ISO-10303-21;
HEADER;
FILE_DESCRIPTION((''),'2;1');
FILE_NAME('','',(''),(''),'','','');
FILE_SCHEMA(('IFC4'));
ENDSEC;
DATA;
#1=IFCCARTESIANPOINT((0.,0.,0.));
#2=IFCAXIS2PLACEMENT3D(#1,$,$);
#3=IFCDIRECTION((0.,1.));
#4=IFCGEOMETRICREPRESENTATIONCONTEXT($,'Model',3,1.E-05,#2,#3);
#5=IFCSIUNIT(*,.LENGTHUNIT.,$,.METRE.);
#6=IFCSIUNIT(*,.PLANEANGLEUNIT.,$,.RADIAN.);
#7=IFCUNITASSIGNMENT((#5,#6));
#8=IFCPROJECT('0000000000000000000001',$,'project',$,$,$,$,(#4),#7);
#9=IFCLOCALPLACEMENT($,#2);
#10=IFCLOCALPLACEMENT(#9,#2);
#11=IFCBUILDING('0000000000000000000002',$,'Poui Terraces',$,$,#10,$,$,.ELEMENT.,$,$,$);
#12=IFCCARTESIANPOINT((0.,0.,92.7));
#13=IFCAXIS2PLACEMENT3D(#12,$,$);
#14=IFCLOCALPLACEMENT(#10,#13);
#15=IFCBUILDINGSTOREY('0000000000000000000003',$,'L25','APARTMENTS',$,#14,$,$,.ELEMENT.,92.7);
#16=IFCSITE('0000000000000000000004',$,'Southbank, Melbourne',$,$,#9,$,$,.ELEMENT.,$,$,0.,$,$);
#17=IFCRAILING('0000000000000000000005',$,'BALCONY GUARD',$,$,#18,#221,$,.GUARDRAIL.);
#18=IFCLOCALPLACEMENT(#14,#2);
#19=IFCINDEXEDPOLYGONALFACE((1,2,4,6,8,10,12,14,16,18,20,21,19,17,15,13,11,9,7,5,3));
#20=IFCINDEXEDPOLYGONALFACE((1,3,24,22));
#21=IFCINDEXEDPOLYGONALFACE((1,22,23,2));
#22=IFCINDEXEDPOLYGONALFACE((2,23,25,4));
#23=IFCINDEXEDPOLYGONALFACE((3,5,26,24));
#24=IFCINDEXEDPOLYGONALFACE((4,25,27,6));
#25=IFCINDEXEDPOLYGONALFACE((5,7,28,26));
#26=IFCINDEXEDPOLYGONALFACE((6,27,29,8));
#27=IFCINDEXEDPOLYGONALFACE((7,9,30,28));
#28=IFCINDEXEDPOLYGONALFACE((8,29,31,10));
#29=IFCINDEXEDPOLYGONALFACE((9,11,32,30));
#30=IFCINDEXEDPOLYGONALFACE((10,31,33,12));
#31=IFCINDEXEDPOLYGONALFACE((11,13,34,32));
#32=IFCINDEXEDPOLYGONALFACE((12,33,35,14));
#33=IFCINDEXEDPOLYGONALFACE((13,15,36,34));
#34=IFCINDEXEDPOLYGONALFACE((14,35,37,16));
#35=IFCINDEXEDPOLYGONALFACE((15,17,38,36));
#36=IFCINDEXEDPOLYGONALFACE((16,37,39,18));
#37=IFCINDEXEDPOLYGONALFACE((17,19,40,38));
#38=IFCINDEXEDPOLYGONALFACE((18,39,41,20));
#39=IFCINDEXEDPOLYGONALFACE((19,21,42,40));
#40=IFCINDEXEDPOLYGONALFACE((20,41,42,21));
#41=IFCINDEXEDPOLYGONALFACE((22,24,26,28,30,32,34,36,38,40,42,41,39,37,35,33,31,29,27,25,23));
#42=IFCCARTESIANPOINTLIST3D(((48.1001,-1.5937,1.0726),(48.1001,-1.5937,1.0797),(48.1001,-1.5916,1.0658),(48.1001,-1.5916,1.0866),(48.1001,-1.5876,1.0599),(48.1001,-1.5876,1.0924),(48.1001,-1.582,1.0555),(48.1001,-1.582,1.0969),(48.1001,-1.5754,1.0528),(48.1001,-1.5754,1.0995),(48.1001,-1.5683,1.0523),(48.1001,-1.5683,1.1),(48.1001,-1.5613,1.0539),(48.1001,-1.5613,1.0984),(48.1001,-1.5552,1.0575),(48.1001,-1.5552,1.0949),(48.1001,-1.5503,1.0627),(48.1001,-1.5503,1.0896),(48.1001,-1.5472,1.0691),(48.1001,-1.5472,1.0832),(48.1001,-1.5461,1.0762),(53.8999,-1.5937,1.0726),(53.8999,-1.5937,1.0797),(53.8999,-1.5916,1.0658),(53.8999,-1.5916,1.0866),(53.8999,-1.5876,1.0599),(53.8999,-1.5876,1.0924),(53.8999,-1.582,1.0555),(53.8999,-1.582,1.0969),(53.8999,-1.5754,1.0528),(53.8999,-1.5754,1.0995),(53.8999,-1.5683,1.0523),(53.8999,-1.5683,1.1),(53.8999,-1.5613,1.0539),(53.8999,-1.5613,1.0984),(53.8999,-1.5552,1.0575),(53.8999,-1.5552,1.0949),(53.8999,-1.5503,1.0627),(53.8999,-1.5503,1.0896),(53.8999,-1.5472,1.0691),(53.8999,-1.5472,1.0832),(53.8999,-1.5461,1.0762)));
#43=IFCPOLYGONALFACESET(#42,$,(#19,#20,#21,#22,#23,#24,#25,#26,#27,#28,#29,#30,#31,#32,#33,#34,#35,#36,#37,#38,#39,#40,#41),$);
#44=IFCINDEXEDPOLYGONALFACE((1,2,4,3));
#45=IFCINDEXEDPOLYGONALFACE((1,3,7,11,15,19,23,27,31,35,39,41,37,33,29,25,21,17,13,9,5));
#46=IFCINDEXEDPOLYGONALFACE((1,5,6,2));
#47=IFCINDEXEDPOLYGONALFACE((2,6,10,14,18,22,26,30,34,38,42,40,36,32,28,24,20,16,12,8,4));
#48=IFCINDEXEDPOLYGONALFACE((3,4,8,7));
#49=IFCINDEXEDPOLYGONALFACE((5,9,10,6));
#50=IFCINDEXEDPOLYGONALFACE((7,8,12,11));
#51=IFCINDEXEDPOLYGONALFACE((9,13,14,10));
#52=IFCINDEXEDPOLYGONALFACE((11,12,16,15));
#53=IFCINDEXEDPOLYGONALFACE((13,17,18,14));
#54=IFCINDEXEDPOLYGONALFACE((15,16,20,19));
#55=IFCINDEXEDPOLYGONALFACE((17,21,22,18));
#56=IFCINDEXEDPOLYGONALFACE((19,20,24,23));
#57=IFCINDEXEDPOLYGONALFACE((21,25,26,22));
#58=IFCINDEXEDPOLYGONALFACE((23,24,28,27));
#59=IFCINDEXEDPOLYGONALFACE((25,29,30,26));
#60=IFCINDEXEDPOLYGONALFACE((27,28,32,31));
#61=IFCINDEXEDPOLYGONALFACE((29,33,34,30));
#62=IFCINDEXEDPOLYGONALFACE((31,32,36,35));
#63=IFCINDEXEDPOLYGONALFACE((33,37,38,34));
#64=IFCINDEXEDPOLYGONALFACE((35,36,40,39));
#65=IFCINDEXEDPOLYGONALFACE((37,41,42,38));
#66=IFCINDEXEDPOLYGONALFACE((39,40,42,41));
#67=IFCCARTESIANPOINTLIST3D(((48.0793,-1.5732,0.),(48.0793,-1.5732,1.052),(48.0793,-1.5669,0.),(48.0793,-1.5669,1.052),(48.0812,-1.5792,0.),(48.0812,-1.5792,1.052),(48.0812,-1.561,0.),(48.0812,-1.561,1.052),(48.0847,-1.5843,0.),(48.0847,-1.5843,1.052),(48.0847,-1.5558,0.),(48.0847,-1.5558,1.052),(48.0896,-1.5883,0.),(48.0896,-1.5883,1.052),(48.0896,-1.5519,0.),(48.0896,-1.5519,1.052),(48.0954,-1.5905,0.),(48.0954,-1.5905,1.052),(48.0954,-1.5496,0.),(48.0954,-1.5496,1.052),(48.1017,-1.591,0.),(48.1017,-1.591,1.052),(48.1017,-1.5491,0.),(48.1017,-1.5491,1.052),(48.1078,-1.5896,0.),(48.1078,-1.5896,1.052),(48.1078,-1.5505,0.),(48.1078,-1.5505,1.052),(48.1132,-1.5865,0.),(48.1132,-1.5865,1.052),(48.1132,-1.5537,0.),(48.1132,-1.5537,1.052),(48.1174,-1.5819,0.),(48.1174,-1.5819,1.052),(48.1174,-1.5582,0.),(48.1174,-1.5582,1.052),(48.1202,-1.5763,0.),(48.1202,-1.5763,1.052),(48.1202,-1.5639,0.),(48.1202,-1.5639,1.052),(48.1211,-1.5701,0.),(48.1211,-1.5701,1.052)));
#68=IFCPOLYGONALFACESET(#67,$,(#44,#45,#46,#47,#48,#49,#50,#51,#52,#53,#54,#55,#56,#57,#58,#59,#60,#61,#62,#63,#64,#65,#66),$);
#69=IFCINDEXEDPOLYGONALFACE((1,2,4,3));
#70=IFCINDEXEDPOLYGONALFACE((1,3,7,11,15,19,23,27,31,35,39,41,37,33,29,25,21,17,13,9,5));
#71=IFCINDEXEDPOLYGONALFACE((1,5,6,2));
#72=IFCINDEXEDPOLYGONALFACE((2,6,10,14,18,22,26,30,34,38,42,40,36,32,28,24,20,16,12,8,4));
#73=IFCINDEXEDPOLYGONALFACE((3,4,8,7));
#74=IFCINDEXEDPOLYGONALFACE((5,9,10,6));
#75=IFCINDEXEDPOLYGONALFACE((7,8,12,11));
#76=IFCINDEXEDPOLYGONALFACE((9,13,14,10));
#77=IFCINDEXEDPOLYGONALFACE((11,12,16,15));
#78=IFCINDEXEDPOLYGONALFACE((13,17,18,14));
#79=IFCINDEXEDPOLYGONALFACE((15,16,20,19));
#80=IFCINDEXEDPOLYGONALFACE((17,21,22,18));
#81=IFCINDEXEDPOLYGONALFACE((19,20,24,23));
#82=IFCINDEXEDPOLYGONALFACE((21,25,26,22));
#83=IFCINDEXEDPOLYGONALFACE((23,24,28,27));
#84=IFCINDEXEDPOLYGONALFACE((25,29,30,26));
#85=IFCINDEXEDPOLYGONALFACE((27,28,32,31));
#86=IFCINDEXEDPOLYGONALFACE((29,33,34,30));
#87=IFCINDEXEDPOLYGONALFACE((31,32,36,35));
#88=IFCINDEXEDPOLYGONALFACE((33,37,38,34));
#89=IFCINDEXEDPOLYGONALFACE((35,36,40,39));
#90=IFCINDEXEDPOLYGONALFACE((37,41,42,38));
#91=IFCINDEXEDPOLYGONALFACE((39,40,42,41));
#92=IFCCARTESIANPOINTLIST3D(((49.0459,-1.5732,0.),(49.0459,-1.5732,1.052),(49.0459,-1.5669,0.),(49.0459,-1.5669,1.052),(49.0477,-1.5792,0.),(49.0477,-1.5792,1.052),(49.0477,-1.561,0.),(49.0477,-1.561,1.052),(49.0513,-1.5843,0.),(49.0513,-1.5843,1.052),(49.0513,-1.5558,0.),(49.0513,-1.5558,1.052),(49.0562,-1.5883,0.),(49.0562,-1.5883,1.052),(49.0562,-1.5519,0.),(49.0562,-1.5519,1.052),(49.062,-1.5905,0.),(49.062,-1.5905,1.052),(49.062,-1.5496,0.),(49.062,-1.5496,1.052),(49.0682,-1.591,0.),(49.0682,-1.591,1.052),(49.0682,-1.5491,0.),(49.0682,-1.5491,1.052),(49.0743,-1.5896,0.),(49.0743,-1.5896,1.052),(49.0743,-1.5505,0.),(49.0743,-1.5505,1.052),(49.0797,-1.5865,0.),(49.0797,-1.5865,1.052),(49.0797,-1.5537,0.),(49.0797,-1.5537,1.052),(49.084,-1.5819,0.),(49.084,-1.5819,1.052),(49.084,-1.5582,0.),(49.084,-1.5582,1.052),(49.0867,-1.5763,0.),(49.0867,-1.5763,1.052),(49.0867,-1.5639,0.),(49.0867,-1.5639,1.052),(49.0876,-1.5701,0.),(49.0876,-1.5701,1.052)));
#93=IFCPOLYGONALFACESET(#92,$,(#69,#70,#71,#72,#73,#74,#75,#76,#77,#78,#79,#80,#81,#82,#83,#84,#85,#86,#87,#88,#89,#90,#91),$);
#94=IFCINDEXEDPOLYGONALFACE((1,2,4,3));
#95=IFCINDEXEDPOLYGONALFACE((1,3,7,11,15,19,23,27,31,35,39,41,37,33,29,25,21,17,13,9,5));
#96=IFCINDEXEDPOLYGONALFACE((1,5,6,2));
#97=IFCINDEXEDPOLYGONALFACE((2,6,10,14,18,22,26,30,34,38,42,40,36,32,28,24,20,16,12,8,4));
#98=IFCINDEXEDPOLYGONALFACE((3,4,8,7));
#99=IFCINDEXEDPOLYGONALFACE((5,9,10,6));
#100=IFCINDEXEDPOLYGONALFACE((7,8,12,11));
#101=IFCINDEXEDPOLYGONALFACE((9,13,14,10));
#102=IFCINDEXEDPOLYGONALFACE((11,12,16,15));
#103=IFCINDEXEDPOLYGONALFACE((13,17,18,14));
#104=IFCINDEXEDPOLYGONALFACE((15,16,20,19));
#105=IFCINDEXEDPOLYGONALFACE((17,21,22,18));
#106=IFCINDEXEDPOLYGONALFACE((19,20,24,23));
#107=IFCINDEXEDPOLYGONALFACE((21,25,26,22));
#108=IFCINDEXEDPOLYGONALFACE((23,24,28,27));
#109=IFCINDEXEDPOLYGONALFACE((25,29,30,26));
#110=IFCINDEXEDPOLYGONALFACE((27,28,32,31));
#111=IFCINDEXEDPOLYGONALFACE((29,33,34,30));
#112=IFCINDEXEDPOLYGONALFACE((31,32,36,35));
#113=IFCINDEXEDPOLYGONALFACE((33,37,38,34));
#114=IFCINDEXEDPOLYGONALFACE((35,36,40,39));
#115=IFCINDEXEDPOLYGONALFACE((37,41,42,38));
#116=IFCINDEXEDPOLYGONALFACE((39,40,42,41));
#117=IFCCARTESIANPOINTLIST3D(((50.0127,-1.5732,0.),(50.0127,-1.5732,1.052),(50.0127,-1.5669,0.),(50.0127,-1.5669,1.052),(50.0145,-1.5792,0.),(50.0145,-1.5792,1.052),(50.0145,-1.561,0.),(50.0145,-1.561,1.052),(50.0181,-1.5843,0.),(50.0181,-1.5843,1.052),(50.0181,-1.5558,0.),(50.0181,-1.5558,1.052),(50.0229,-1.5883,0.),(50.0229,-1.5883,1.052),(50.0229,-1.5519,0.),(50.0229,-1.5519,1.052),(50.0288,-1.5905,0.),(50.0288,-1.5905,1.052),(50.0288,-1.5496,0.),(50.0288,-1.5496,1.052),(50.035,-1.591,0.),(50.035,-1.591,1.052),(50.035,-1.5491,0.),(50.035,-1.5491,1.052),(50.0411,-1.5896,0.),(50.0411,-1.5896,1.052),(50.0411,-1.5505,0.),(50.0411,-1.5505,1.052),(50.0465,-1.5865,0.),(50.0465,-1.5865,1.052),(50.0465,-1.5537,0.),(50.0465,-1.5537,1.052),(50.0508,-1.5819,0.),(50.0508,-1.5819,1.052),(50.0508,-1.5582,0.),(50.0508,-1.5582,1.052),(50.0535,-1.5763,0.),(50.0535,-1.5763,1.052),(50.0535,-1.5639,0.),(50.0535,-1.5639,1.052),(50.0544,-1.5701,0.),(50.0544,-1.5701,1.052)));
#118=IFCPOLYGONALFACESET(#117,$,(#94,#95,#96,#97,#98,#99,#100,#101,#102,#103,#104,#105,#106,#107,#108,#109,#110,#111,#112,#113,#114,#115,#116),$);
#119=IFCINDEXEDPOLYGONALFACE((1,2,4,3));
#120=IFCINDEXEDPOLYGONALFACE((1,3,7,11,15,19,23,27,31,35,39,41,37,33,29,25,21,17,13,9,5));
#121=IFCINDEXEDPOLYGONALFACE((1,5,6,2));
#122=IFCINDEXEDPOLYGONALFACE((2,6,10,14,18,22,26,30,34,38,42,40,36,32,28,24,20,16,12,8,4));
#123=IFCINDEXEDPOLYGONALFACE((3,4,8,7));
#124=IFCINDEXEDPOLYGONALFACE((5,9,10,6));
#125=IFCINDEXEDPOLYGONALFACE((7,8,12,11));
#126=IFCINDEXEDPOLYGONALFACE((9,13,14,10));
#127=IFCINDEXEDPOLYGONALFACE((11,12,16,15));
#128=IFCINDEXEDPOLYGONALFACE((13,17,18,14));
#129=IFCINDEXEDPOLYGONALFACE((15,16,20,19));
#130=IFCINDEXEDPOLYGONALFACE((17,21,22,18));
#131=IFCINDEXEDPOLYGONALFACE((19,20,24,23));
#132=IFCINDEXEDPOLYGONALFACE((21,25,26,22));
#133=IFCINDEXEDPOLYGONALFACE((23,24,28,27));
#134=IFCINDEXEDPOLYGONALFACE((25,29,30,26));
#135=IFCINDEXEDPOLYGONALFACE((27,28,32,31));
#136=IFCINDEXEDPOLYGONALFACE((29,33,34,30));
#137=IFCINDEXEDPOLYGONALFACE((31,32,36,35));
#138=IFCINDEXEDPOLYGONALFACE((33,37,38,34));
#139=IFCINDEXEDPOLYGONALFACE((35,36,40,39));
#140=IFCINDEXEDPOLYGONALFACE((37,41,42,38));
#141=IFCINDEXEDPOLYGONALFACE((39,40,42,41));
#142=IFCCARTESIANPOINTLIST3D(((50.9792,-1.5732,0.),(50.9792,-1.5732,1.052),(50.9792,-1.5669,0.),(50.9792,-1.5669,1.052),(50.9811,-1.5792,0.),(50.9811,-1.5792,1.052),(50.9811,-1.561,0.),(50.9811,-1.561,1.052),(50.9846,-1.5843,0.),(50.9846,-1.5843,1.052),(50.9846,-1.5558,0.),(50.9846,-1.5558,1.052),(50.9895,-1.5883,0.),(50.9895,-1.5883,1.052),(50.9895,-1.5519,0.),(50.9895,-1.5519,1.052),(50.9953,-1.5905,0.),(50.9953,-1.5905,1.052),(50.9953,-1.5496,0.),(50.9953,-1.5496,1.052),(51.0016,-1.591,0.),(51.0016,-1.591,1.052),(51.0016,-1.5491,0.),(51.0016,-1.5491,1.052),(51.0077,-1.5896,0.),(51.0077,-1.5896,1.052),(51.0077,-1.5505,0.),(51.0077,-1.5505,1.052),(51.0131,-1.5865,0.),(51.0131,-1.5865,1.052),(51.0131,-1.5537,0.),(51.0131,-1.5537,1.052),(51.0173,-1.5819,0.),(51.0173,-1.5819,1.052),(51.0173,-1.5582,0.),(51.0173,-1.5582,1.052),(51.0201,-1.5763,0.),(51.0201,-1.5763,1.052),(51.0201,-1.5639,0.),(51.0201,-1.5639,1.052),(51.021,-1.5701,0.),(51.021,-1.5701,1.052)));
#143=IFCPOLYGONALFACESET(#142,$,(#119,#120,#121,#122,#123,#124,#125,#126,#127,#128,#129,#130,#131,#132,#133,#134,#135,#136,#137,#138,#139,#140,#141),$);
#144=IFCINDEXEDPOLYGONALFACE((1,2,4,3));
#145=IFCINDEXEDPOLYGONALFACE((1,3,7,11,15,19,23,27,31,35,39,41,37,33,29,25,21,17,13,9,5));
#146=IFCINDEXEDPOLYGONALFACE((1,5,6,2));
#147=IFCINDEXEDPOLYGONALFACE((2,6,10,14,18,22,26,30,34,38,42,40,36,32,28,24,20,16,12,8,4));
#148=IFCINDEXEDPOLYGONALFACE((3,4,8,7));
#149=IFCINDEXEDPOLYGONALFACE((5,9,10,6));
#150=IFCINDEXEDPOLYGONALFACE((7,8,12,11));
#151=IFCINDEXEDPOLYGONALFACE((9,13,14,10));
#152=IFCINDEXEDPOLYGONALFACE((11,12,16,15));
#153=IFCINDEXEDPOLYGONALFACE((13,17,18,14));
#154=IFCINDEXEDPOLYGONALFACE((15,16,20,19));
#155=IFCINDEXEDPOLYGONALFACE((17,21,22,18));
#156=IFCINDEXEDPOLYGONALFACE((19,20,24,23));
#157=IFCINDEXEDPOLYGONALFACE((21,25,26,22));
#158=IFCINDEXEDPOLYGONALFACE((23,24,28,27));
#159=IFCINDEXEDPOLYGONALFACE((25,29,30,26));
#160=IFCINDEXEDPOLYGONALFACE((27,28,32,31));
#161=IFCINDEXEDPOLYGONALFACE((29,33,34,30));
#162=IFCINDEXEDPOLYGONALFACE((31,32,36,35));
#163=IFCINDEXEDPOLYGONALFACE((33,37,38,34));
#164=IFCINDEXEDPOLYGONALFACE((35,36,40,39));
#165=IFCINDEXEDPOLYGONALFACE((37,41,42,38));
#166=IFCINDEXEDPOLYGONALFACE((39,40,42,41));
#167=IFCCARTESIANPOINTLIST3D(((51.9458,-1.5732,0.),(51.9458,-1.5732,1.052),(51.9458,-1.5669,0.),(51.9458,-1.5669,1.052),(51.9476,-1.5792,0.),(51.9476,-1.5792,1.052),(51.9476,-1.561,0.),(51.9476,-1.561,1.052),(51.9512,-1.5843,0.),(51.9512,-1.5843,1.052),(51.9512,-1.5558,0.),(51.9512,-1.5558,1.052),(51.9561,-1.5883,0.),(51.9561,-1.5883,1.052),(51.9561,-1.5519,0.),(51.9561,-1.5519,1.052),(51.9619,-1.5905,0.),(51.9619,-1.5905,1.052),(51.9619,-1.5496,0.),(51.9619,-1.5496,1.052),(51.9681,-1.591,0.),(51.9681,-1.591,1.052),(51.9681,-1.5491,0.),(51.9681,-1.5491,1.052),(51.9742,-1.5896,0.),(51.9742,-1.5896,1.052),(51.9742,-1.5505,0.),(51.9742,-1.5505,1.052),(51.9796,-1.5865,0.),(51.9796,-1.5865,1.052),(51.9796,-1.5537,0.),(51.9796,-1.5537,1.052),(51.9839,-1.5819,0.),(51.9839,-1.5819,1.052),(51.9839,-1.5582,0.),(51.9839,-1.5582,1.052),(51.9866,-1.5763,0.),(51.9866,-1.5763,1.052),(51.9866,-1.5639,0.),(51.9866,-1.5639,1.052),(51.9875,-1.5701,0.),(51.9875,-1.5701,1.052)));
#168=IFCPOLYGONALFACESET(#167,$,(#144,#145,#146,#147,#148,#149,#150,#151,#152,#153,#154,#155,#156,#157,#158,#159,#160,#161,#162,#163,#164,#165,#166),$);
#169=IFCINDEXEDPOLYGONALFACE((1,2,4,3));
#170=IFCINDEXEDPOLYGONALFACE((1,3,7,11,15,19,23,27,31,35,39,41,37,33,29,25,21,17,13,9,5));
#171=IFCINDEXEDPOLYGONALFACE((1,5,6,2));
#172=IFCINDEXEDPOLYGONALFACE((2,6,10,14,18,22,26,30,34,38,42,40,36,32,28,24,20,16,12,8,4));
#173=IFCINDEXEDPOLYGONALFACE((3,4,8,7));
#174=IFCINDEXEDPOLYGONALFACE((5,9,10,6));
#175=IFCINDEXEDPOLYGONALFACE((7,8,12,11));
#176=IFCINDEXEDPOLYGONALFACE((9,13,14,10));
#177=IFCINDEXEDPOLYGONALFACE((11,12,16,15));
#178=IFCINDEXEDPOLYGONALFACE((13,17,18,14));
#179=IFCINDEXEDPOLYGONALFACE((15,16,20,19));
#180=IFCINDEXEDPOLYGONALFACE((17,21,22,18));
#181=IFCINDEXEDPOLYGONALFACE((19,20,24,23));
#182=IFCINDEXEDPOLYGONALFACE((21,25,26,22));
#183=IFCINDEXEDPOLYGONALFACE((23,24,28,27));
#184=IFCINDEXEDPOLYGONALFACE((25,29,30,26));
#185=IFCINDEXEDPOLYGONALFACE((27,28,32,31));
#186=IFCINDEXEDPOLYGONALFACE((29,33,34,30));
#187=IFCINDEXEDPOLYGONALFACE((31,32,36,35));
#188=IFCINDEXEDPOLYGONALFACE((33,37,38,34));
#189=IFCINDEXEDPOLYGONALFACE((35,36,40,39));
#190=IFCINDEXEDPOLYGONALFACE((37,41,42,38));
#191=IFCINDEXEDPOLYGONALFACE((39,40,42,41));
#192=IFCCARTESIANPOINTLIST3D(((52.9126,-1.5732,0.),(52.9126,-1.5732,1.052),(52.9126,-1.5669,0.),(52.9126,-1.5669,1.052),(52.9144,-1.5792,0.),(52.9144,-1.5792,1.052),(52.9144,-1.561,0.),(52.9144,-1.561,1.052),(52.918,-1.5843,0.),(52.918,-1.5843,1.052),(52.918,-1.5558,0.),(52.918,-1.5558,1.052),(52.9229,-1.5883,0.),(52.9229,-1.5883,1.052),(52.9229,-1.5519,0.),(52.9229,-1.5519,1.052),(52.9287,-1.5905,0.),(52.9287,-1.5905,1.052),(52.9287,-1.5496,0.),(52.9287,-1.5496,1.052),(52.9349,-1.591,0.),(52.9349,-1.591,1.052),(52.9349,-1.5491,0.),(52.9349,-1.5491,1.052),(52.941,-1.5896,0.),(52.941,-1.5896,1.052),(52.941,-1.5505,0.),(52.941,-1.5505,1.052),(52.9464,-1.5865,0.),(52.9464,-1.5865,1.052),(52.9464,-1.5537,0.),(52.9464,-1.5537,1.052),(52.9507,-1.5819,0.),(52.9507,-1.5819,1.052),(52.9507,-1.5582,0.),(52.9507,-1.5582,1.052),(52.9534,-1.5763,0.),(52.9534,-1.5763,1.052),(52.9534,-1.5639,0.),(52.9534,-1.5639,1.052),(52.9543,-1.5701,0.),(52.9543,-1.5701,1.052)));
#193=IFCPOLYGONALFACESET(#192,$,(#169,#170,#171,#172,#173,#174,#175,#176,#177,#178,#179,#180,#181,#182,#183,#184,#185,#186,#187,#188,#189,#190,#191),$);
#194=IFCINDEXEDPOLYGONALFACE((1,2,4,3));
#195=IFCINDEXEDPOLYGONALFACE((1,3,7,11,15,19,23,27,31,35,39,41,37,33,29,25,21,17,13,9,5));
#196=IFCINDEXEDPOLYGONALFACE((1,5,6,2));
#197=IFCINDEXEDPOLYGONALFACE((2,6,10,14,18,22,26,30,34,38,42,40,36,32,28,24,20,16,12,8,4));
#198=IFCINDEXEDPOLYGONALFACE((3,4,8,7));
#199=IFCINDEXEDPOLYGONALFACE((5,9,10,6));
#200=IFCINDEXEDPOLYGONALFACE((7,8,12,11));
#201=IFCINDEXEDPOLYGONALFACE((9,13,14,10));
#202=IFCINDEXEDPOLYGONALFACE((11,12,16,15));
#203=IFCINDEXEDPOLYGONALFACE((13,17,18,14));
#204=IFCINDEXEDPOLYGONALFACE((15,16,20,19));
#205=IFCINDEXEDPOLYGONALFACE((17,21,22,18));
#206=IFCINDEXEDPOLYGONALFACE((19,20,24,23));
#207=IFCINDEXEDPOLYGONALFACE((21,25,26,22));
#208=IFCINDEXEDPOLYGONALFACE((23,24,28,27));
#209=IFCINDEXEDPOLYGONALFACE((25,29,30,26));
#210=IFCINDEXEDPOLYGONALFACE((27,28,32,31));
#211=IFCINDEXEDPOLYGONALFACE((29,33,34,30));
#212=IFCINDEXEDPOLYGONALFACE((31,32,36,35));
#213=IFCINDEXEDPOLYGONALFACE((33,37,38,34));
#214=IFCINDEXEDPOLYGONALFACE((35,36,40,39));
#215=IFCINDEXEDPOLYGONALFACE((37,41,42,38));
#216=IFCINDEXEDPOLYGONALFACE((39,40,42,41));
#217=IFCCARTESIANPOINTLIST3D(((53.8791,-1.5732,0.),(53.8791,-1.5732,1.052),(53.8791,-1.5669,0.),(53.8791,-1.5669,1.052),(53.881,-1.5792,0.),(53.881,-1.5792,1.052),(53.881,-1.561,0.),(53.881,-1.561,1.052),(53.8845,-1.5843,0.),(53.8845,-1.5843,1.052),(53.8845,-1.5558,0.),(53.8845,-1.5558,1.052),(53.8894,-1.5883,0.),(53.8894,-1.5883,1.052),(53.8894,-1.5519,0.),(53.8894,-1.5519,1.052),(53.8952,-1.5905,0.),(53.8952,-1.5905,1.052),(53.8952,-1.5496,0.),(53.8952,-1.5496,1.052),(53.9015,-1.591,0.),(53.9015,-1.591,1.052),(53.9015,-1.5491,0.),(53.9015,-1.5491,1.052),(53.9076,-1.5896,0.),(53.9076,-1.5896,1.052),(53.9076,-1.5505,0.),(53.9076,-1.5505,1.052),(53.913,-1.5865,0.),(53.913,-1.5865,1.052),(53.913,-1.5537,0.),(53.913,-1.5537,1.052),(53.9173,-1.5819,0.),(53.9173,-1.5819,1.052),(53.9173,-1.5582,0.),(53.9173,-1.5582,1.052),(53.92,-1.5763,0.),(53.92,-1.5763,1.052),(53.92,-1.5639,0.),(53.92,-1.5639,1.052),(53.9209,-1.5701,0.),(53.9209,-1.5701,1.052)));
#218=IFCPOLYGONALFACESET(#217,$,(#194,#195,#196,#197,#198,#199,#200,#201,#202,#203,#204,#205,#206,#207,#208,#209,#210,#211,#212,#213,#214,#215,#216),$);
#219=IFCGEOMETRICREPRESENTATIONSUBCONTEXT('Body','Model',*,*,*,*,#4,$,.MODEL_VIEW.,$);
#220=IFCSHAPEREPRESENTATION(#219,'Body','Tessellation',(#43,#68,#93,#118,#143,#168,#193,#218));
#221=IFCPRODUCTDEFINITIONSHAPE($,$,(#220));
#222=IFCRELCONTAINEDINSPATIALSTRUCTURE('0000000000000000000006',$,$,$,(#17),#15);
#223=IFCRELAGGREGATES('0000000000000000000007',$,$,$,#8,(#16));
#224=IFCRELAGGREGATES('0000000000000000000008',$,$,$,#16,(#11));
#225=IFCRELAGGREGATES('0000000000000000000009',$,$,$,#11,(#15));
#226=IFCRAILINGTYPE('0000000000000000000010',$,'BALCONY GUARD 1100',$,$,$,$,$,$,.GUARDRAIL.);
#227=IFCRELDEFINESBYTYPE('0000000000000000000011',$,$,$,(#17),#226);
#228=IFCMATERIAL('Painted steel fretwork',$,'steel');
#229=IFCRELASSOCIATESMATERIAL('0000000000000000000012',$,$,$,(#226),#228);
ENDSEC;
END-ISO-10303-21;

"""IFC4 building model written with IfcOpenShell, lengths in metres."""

from ifc_helpers import new_model, si_unit, direction, frame, origin, origin_2d, place, context, subcontext, project, spatial, circle, extrude, material, type_object, element, save


model = new_model("IFC4")

# Units and contexts
model_context = context("Model", 3, precision=1e-05, world=origin(), true_north=direction((0.0, 1.0)))
body_context = subcontext(model_context, "Body", "Model", "MODEL_VIEW")
ifc_project = project(units=[si_unit("LENGTHUNIT", "METRE"), si_unit("PLANEANGLEUNIT", "RADIAN")], contexts=[model_context])

# Site, building, storey
site_placement = place(None, origin())
site = spatial("IfcSite", under=ifc_project, at=site_placement, Name="Southbank, Melbourne", CompositionType="ELEMENT", RefElevation=0.0)
building_placement = place(site_placement, origin())
building = spatial("IfcBuilding", under=site, at=building_placement, Name="Poui Terraces", CompositionType="ELEMENT")
storey_placement = place(building_placement, frame((0.0, 0.0, 92.7)))
storey = spatial("IfcBuildingStorey", under=building, at=storey_placement, Name="L25", Description="APARTMENTS", CompositionType="ELEMENT", Elevation=92.7)

# Railing
ifc_material_1 = material(Name="Painted steel fretwork", Category="steel")
railing_type = type_object("IfcRailingType", Name="BALCONY GUARD 1100", PredefinedType="GUARDRAIL", material=ifc_material_1)
for number, where, name in (
    (1, (48.1001, -1.5701, 0.0), "BALCONY GUARD"),
):
    element("IfcRailing", number, at=place(storey_placement, frame(where)), inside=storey, type_object=railing_type, Name=name, PredefinedType="GUARDRAIL", context=body_context, shape_type="SweptSolid", body=[
        extrude(circle(Radius=0.0239, at=origin_2d()), frame((0.0, 0.0, 1.0762), z_axis=(1.0, 0.0, 0.0), x_axis=(0.0, 1.0, 0.0)), (0.0, 0.0, 1.0), 5.7998),
        extrude(circle(Radius=0.021, at=origin_2d()), origin(), (0.0, 0.0, 1.0), 1.052),
        extrude(circle(Radius=0.021, at=origin_2d()), frame((0.9666, 0.0, 0.0)), (0.0, 0.0, 1.0), 1.052),
        extrude(circle(Radius=0.021, at=origin_2d()), frame((1.9333, 0.0, 0.0)), (0.0, 0.0, 1.0), 1.052),
        extrude(circle(Radius=0.021, at=origin_2d()), frame((2.8999, 0.0, 0.0)), (0.0, 0.0, 1.0), 1.052),
        extrude(circle(Radius=0.021, at=origin_2d()), frame((3.8665, 0.0, 0.0)), (0.0, 0.0, 1.0), 1.052),
        extrude(circle(Radius=0.021, at=origin_2d()), frame((4.8333, 0.0, 0.0)), (0.0, 0.0, 1.0), 1.052),
        extrude(circle(Radius=0.021, at=origin_2d()), frame((5.7998, 0.0, 0.0)), (0.0, 0.0, 1.0), 1.052),
    ])

save(model, "model.ifc")
